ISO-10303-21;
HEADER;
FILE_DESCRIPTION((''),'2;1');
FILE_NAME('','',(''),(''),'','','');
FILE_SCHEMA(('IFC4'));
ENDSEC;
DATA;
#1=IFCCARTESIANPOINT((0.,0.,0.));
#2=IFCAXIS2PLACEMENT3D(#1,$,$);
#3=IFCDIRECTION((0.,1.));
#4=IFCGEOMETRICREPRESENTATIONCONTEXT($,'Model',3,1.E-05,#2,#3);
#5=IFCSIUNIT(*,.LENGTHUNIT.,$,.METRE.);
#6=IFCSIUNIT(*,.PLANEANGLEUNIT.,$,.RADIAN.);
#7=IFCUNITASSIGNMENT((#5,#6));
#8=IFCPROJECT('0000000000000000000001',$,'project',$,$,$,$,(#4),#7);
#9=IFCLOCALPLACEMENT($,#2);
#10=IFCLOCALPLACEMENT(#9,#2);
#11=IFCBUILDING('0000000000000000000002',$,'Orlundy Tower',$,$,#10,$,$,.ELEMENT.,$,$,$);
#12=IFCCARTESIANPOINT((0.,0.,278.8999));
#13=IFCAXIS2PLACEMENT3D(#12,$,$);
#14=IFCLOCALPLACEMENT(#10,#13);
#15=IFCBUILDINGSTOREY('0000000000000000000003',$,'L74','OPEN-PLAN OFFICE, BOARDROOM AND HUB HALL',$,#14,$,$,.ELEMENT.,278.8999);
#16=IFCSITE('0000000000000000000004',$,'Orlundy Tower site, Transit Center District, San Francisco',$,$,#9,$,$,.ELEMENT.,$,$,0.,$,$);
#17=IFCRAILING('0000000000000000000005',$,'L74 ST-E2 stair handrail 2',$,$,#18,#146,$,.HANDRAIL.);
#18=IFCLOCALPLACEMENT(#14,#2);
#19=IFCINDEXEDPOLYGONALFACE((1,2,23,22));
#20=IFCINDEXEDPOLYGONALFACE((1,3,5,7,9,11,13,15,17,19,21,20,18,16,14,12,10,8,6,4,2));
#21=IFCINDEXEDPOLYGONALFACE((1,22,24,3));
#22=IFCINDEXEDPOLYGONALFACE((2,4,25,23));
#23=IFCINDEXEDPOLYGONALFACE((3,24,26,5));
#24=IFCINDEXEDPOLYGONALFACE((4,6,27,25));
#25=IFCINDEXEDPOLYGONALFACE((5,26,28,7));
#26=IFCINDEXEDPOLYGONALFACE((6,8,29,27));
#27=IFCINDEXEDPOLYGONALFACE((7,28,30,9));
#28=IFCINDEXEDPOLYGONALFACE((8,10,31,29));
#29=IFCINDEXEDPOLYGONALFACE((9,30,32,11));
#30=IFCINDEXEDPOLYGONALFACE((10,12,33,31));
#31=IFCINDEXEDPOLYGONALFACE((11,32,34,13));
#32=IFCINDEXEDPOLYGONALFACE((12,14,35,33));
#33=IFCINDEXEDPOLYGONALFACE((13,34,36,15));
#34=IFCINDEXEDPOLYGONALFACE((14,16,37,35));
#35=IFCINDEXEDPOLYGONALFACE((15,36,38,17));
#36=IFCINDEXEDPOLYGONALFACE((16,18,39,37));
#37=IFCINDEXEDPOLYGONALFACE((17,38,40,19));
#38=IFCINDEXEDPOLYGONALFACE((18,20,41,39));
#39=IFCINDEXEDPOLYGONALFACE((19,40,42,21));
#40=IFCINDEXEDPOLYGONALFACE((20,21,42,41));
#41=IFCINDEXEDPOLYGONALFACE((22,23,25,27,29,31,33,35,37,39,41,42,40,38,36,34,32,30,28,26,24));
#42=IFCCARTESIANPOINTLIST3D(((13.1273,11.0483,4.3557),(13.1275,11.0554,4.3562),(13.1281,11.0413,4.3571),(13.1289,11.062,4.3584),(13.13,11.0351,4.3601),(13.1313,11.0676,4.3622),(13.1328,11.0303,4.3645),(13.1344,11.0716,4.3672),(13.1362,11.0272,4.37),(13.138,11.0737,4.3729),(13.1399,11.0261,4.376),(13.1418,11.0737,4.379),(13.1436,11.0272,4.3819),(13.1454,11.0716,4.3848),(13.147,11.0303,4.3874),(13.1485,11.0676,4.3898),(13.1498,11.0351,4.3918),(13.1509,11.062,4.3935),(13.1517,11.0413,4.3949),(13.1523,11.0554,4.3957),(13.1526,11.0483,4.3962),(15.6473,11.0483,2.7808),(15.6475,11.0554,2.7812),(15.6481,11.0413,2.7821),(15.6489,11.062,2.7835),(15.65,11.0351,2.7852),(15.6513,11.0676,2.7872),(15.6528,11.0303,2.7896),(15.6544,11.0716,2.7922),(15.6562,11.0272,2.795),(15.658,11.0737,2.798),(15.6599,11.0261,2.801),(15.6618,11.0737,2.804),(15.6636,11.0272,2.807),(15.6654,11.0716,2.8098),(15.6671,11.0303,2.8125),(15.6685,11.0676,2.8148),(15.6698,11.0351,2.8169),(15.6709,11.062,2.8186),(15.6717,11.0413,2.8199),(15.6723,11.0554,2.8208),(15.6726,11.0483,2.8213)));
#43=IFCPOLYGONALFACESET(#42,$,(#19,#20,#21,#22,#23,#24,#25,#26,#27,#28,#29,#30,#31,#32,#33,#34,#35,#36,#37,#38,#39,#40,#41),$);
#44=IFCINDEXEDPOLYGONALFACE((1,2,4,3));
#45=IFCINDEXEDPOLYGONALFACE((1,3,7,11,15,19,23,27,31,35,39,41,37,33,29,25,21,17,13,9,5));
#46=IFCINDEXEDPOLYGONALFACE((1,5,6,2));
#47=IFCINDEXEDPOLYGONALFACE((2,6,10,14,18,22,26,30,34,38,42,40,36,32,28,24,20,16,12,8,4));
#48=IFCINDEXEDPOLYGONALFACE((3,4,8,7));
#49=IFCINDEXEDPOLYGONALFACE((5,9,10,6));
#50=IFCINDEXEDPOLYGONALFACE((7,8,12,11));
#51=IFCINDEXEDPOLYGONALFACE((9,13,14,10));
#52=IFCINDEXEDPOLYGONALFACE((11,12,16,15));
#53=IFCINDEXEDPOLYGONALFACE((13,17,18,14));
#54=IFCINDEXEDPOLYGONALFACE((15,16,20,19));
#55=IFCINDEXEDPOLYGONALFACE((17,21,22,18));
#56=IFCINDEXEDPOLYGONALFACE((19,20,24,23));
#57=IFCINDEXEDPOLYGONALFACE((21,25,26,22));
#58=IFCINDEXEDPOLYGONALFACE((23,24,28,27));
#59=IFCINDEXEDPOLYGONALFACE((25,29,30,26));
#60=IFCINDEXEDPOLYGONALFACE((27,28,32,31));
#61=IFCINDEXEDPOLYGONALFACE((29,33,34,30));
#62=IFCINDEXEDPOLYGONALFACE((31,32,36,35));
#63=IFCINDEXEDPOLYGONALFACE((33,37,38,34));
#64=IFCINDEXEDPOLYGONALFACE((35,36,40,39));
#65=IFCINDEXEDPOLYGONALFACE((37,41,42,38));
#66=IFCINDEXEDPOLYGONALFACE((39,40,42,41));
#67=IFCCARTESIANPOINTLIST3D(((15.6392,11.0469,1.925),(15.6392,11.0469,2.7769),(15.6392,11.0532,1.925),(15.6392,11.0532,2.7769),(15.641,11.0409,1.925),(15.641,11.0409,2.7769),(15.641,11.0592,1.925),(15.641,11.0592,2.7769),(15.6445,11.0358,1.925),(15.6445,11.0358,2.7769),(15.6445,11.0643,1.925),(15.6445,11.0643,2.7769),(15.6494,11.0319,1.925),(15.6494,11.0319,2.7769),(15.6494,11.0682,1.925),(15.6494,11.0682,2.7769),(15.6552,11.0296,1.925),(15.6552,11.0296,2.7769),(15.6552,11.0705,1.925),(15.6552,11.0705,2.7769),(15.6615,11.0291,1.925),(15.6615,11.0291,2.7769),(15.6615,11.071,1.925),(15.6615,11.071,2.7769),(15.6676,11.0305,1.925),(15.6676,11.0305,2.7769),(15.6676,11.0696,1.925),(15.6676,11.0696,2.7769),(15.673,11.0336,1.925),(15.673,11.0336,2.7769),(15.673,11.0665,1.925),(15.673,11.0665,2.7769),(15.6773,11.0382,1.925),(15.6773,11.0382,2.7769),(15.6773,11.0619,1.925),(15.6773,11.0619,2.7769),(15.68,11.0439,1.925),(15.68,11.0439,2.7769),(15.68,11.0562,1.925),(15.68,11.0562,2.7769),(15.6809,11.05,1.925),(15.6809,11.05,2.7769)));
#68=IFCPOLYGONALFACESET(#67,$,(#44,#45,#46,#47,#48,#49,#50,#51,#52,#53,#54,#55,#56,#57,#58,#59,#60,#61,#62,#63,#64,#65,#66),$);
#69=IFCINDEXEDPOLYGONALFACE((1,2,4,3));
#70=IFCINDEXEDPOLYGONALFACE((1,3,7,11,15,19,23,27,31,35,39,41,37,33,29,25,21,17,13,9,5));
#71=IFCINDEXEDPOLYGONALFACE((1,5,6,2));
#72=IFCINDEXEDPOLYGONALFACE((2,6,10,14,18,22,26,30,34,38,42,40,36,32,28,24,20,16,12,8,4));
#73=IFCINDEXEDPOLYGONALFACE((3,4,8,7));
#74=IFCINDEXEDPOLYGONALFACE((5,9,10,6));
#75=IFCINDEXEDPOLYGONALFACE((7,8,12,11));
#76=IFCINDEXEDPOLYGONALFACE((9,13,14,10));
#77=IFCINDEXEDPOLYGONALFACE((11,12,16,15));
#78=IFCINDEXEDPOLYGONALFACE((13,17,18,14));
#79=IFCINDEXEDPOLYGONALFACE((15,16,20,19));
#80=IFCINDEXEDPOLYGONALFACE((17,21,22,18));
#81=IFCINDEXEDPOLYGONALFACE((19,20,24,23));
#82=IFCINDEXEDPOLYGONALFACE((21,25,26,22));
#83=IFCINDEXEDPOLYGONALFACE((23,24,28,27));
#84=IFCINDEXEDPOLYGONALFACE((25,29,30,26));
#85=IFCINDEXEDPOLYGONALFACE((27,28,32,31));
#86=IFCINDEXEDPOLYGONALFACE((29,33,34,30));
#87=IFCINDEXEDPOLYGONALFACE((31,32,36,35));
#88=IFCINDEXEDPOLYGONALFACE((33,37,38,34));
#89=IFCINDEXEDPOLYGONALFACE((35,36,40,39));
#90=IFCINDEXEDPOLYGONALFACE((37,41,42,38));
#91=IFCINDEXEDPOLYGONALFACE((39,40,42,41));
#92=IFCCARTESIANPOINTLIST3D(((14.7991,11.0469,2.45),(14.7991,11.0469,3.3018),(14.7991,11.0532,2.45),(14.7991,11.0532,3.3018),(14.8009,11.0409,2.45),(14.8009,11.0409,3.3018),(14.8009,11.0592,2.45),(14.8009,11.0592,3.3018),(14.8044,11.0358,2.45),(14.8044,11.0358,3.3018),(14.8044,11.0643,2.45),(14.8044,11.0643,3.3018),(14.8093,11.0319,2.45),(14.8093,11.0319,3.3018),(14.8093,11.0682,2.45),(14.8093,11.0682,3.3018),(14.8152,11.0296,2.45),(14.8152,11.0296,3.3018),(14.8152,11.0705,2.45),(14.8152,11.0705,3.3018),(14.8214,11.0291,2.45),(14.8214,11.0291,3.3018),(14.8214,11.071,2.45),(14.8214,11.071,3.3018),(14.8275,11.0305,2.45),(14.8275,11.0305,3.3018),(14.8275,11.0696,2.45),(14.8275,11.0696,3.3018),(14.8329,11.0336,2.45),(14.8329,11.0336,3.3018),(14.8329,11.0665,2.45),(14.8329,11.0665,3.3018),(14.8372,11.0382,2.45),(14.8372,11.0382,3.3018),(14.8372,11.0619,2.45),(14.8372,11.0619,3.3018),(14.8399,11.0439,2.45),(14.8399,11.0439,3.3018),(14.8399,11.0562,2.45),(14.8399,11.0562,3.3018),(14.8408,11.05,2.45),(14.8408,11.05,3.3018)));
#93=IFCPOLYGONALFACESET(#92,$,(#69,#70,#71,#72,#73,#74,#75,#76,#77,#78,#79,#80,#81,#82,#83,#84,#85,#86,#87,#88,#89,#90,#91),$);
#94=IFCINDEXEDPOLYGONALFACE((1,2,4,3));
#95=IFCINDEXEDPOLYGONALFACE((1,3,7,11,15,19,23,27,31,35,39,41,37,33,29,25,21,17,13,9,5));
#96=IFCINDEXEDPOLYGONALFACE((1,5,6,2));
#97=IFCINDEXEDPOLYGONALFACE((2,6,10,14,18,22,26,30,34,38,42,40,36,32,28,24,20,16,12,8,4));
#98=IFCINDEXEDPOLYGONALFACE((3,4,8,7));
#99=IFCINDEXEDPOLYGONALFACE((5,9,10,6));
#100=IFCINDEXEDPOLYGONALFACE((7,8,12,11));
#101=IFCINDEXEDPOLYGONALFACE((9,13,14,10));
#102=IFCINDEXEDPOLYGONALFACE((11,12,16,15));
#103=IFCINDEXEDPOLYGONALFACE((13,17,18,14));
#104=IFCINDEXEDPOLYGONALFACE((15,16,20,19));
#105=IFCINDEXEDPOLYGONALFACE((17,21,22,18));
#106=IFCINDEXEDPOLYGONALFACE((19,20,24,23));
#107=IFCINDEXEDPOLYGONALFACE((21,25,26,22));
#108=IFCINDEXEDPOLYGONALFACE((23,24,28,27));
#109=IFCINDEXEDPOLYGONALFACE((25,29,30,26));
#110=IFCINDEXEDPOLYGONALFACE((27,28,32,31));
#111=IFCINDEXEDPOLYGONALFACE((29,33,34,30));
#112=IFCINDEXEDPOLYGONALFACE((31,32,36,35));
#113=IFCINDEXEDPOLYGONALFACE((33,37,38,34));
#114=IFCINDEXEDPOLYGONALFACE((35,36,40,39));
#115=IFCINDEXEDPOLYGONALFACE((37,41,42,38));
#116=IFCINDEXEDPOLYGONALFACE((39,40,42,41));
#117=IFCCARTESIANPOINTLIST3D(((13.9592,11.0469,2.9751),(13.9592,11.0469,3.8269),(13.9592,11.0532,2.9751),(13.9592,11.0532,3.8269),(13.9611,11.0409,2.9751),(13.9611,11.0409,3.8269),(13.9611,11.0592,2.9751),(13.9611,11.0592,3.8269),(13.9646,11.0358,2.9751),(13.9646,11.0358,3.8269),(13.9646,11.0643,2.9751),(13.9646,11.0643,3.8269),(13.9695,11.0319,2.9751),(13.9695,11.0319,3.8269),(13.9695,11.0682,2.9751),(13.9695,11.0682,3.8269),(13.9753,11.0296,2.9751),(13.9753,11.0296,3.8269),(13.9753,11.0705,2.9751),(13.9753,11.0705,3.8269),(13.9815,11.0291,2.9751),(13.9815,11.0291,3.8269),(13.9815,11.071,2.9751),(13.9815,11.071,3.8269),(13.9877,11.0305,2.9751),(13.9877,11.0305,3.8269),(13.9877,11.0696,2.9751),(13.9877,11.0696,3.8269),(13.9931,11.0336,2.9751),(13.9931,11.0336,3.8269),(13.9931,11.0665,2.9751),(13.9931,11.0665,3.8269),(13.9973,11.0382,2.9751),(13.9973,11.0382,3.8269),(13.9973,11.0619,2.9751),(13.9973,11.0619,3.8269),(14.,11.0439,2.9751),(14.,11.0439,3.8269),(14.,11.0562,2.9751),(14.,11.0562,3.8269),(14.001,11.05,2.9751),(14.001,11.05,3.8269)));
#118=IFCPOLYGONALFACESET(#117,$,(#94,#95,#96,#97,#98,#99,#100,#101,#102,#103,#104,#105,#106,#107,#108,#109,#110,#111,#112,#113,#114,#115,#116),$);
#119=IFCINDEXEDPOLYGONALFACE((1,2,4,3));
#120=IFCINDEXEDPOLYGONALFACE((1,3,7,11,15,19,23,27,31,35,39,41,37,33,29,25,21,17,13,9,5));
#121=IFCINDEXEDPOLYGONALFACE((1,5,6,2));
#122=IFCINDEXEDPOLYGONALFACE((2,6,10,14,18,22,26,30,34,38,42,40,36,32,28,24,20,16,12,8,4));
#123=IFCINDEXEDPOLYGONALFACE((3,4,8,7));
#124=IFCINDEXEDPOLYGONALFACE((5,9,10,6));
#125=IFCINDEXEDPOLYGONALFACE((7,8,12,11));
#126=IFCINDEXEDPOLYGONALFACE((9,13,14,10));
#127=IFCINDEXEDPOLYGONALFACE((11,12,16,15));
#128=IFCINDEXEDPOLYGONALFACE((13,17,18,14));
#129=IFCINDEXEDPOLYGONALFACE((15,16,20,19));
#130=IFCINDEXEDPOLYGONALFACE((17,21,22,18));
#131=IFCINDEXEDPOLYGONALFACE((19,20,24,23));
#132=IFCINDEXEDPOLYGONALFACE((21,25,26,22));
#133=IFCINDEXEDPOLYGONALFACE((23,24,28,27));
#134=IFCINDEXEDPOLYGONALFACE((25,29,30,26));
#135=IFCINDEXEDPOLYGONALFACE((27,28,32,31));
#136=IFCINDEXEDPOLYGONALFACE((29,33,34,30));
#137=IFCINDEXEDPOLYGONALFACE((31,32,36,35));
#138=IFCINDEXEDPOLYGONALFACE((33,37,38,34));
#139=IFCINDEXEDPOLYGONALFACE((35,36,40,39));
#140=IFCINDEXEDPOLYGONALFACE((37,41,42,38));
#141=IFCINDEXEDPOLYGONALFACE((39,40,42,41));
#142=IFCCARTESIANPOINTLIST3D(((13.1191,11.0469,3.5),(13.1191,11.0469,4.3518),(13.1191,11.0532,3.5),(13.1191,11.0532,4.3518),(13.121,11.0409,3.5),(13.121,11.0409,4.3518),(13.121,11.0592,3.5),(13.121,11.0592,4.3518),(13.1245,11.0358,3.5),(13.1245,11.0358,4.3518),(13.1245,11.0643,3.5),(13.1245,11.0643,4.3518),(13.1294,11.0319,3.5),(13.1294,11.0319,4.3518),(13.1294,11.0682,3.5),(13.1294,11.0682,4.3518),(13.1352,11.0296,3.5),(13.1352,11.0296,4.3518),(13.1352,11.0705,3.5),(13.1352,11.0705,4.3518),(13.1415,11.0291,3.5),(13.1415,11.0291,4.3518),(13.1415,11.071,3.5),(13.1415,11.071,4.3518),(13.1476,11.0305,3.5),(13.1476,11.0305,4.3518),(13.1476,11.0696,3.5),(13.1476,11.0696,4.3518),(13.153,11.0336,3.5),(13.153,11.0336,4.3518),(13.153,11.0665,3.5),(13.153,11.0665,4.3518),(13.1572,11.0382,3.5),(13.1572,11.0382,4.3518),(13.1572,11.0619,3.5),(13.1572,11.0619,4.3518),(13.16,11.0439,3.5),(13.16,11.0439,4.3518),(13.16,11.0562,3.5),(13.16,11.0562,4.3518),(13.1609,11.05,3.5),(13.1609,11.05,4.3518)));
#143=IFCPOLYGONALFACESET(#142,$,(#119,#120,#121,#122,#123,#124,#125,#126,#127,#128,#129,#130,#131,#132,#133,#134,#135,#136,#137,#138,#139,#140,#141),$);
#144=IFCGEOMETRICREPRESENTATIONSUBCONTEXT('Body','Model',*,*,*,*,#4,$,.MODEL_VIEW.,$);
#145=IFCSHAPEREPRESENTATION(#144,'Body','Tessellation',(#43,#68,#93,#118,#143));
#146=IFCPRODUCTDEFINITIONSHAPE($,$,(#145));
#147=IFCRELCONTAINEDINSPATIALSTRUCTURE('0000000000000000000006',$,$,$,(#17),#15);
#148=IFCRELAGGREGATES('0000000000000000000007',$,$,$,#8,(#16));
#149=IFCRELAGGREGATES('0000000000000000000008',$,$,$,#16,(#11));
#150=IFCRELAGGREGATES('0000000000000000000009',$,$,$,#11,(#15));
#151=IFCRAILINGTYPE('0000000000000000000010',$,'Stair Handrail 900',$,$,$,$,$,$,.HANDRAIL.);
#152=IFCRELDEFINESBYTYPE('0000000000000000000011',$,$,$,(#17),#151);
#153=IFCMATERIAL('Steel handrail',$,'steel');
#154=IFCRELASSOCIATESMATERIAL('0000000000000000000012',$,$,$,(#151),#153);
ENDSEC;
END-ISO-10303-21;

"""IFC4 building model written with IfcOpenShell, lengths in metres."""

from ifc_helpers import new_model, si_unit, direction, frame, origin, origin_2d, place, context, subcontext, project, spatial, circle, extrude, material, type_object, element, save


model = new_model("IFC4")

# Units and contexts
model_context = context("Model", 3, precision=1e-05, world=origin(), true_north=direction((0.0, 1.0)))
body_context = subcontext(model_context, "Body", "Model", "MODEL_VIEW")
ifc_project = project(units=[si_unit("LENGTHUNIT", "METRE"), si_unit("PLANEANGLEUNIT", "RADIAN")], contexts=[model_context])

# Site, building, storey
site_placement = place(None, origin())
site = spatial("IfcSite", under=ifc_project, at=site_placement, Name="Orlundy Tower site, Transit Center District, San Francisco", CompositionType="ELEMENT", RefElevation=0.0)
building_placement = place(site_placement, origin())
building = spatial("IfcBuilding", under=site, at=building_placement, Name="Orlundy Tower", CompositionType="ELEMENT")
storey_placement = place(building_placement, frame((0.0, 0.0, 278.8999)))
storey = spatial("IfcBuildingStorey", under=building, at=storey_placement, Name="L74", Description="OPEN-PLAN OFFICE, BOARDROOM AND HUB HALL", CompositionType="ELEMENT", Elevation=278.8999)

# Railing
ifc_material_1 = material(Name="Steel handrail", Category="steel")
railing_type_1 = type_object("IfcRailingType", Name="Stair Handrail 900", PredefinedType="HANDRAIL", material=ifc_material_1)
railing_1_placement = place(storey_placement, frame((15.6599, 11.05, 1.925)))
element("IfcRailing", 1, at=railing_1_placement, inside=storey, type_object=railing_type_1, Name="L74 ST-E2 stair handrail 2", PredefinedType="HANDRAIL", context=body_context, shape_type="SweptSolid", body=[
    extrude(circle(Radius=0.0239, at=origin_2d()), frame((0.0, 0.0, 0.876), z_axis=(-0.848008, 0.0, 0.529984), x_axis=(0.0, -1.0, 0.0)), (0.0, 0.0, 1.0), 2.9717),
    extrude(circle(Radius=0.021, at=origin_2d()), origin(), (0.0, 0.0, 1.0), 0.8518),
    extrude(circle(Radius=0.021, at=origin_2d()), frame((-0.8401, 0.0, 0.5249)), (0.0, 0.0, 1.0), 0.8518),
    extrude(circle(Radius=0.021, at=origin_2d()), frame((-1.6799, 0.0, 1.05)), (0.0, 0.0, 1.0), 0.8518),
    extrude(circle(Radius=0.021, at=origin_2d()), frame((-2.52, 0.0, 1.575)), (0.0, 0.0, 1.0), 0.8518),
])

save(model, "model.ifc")
